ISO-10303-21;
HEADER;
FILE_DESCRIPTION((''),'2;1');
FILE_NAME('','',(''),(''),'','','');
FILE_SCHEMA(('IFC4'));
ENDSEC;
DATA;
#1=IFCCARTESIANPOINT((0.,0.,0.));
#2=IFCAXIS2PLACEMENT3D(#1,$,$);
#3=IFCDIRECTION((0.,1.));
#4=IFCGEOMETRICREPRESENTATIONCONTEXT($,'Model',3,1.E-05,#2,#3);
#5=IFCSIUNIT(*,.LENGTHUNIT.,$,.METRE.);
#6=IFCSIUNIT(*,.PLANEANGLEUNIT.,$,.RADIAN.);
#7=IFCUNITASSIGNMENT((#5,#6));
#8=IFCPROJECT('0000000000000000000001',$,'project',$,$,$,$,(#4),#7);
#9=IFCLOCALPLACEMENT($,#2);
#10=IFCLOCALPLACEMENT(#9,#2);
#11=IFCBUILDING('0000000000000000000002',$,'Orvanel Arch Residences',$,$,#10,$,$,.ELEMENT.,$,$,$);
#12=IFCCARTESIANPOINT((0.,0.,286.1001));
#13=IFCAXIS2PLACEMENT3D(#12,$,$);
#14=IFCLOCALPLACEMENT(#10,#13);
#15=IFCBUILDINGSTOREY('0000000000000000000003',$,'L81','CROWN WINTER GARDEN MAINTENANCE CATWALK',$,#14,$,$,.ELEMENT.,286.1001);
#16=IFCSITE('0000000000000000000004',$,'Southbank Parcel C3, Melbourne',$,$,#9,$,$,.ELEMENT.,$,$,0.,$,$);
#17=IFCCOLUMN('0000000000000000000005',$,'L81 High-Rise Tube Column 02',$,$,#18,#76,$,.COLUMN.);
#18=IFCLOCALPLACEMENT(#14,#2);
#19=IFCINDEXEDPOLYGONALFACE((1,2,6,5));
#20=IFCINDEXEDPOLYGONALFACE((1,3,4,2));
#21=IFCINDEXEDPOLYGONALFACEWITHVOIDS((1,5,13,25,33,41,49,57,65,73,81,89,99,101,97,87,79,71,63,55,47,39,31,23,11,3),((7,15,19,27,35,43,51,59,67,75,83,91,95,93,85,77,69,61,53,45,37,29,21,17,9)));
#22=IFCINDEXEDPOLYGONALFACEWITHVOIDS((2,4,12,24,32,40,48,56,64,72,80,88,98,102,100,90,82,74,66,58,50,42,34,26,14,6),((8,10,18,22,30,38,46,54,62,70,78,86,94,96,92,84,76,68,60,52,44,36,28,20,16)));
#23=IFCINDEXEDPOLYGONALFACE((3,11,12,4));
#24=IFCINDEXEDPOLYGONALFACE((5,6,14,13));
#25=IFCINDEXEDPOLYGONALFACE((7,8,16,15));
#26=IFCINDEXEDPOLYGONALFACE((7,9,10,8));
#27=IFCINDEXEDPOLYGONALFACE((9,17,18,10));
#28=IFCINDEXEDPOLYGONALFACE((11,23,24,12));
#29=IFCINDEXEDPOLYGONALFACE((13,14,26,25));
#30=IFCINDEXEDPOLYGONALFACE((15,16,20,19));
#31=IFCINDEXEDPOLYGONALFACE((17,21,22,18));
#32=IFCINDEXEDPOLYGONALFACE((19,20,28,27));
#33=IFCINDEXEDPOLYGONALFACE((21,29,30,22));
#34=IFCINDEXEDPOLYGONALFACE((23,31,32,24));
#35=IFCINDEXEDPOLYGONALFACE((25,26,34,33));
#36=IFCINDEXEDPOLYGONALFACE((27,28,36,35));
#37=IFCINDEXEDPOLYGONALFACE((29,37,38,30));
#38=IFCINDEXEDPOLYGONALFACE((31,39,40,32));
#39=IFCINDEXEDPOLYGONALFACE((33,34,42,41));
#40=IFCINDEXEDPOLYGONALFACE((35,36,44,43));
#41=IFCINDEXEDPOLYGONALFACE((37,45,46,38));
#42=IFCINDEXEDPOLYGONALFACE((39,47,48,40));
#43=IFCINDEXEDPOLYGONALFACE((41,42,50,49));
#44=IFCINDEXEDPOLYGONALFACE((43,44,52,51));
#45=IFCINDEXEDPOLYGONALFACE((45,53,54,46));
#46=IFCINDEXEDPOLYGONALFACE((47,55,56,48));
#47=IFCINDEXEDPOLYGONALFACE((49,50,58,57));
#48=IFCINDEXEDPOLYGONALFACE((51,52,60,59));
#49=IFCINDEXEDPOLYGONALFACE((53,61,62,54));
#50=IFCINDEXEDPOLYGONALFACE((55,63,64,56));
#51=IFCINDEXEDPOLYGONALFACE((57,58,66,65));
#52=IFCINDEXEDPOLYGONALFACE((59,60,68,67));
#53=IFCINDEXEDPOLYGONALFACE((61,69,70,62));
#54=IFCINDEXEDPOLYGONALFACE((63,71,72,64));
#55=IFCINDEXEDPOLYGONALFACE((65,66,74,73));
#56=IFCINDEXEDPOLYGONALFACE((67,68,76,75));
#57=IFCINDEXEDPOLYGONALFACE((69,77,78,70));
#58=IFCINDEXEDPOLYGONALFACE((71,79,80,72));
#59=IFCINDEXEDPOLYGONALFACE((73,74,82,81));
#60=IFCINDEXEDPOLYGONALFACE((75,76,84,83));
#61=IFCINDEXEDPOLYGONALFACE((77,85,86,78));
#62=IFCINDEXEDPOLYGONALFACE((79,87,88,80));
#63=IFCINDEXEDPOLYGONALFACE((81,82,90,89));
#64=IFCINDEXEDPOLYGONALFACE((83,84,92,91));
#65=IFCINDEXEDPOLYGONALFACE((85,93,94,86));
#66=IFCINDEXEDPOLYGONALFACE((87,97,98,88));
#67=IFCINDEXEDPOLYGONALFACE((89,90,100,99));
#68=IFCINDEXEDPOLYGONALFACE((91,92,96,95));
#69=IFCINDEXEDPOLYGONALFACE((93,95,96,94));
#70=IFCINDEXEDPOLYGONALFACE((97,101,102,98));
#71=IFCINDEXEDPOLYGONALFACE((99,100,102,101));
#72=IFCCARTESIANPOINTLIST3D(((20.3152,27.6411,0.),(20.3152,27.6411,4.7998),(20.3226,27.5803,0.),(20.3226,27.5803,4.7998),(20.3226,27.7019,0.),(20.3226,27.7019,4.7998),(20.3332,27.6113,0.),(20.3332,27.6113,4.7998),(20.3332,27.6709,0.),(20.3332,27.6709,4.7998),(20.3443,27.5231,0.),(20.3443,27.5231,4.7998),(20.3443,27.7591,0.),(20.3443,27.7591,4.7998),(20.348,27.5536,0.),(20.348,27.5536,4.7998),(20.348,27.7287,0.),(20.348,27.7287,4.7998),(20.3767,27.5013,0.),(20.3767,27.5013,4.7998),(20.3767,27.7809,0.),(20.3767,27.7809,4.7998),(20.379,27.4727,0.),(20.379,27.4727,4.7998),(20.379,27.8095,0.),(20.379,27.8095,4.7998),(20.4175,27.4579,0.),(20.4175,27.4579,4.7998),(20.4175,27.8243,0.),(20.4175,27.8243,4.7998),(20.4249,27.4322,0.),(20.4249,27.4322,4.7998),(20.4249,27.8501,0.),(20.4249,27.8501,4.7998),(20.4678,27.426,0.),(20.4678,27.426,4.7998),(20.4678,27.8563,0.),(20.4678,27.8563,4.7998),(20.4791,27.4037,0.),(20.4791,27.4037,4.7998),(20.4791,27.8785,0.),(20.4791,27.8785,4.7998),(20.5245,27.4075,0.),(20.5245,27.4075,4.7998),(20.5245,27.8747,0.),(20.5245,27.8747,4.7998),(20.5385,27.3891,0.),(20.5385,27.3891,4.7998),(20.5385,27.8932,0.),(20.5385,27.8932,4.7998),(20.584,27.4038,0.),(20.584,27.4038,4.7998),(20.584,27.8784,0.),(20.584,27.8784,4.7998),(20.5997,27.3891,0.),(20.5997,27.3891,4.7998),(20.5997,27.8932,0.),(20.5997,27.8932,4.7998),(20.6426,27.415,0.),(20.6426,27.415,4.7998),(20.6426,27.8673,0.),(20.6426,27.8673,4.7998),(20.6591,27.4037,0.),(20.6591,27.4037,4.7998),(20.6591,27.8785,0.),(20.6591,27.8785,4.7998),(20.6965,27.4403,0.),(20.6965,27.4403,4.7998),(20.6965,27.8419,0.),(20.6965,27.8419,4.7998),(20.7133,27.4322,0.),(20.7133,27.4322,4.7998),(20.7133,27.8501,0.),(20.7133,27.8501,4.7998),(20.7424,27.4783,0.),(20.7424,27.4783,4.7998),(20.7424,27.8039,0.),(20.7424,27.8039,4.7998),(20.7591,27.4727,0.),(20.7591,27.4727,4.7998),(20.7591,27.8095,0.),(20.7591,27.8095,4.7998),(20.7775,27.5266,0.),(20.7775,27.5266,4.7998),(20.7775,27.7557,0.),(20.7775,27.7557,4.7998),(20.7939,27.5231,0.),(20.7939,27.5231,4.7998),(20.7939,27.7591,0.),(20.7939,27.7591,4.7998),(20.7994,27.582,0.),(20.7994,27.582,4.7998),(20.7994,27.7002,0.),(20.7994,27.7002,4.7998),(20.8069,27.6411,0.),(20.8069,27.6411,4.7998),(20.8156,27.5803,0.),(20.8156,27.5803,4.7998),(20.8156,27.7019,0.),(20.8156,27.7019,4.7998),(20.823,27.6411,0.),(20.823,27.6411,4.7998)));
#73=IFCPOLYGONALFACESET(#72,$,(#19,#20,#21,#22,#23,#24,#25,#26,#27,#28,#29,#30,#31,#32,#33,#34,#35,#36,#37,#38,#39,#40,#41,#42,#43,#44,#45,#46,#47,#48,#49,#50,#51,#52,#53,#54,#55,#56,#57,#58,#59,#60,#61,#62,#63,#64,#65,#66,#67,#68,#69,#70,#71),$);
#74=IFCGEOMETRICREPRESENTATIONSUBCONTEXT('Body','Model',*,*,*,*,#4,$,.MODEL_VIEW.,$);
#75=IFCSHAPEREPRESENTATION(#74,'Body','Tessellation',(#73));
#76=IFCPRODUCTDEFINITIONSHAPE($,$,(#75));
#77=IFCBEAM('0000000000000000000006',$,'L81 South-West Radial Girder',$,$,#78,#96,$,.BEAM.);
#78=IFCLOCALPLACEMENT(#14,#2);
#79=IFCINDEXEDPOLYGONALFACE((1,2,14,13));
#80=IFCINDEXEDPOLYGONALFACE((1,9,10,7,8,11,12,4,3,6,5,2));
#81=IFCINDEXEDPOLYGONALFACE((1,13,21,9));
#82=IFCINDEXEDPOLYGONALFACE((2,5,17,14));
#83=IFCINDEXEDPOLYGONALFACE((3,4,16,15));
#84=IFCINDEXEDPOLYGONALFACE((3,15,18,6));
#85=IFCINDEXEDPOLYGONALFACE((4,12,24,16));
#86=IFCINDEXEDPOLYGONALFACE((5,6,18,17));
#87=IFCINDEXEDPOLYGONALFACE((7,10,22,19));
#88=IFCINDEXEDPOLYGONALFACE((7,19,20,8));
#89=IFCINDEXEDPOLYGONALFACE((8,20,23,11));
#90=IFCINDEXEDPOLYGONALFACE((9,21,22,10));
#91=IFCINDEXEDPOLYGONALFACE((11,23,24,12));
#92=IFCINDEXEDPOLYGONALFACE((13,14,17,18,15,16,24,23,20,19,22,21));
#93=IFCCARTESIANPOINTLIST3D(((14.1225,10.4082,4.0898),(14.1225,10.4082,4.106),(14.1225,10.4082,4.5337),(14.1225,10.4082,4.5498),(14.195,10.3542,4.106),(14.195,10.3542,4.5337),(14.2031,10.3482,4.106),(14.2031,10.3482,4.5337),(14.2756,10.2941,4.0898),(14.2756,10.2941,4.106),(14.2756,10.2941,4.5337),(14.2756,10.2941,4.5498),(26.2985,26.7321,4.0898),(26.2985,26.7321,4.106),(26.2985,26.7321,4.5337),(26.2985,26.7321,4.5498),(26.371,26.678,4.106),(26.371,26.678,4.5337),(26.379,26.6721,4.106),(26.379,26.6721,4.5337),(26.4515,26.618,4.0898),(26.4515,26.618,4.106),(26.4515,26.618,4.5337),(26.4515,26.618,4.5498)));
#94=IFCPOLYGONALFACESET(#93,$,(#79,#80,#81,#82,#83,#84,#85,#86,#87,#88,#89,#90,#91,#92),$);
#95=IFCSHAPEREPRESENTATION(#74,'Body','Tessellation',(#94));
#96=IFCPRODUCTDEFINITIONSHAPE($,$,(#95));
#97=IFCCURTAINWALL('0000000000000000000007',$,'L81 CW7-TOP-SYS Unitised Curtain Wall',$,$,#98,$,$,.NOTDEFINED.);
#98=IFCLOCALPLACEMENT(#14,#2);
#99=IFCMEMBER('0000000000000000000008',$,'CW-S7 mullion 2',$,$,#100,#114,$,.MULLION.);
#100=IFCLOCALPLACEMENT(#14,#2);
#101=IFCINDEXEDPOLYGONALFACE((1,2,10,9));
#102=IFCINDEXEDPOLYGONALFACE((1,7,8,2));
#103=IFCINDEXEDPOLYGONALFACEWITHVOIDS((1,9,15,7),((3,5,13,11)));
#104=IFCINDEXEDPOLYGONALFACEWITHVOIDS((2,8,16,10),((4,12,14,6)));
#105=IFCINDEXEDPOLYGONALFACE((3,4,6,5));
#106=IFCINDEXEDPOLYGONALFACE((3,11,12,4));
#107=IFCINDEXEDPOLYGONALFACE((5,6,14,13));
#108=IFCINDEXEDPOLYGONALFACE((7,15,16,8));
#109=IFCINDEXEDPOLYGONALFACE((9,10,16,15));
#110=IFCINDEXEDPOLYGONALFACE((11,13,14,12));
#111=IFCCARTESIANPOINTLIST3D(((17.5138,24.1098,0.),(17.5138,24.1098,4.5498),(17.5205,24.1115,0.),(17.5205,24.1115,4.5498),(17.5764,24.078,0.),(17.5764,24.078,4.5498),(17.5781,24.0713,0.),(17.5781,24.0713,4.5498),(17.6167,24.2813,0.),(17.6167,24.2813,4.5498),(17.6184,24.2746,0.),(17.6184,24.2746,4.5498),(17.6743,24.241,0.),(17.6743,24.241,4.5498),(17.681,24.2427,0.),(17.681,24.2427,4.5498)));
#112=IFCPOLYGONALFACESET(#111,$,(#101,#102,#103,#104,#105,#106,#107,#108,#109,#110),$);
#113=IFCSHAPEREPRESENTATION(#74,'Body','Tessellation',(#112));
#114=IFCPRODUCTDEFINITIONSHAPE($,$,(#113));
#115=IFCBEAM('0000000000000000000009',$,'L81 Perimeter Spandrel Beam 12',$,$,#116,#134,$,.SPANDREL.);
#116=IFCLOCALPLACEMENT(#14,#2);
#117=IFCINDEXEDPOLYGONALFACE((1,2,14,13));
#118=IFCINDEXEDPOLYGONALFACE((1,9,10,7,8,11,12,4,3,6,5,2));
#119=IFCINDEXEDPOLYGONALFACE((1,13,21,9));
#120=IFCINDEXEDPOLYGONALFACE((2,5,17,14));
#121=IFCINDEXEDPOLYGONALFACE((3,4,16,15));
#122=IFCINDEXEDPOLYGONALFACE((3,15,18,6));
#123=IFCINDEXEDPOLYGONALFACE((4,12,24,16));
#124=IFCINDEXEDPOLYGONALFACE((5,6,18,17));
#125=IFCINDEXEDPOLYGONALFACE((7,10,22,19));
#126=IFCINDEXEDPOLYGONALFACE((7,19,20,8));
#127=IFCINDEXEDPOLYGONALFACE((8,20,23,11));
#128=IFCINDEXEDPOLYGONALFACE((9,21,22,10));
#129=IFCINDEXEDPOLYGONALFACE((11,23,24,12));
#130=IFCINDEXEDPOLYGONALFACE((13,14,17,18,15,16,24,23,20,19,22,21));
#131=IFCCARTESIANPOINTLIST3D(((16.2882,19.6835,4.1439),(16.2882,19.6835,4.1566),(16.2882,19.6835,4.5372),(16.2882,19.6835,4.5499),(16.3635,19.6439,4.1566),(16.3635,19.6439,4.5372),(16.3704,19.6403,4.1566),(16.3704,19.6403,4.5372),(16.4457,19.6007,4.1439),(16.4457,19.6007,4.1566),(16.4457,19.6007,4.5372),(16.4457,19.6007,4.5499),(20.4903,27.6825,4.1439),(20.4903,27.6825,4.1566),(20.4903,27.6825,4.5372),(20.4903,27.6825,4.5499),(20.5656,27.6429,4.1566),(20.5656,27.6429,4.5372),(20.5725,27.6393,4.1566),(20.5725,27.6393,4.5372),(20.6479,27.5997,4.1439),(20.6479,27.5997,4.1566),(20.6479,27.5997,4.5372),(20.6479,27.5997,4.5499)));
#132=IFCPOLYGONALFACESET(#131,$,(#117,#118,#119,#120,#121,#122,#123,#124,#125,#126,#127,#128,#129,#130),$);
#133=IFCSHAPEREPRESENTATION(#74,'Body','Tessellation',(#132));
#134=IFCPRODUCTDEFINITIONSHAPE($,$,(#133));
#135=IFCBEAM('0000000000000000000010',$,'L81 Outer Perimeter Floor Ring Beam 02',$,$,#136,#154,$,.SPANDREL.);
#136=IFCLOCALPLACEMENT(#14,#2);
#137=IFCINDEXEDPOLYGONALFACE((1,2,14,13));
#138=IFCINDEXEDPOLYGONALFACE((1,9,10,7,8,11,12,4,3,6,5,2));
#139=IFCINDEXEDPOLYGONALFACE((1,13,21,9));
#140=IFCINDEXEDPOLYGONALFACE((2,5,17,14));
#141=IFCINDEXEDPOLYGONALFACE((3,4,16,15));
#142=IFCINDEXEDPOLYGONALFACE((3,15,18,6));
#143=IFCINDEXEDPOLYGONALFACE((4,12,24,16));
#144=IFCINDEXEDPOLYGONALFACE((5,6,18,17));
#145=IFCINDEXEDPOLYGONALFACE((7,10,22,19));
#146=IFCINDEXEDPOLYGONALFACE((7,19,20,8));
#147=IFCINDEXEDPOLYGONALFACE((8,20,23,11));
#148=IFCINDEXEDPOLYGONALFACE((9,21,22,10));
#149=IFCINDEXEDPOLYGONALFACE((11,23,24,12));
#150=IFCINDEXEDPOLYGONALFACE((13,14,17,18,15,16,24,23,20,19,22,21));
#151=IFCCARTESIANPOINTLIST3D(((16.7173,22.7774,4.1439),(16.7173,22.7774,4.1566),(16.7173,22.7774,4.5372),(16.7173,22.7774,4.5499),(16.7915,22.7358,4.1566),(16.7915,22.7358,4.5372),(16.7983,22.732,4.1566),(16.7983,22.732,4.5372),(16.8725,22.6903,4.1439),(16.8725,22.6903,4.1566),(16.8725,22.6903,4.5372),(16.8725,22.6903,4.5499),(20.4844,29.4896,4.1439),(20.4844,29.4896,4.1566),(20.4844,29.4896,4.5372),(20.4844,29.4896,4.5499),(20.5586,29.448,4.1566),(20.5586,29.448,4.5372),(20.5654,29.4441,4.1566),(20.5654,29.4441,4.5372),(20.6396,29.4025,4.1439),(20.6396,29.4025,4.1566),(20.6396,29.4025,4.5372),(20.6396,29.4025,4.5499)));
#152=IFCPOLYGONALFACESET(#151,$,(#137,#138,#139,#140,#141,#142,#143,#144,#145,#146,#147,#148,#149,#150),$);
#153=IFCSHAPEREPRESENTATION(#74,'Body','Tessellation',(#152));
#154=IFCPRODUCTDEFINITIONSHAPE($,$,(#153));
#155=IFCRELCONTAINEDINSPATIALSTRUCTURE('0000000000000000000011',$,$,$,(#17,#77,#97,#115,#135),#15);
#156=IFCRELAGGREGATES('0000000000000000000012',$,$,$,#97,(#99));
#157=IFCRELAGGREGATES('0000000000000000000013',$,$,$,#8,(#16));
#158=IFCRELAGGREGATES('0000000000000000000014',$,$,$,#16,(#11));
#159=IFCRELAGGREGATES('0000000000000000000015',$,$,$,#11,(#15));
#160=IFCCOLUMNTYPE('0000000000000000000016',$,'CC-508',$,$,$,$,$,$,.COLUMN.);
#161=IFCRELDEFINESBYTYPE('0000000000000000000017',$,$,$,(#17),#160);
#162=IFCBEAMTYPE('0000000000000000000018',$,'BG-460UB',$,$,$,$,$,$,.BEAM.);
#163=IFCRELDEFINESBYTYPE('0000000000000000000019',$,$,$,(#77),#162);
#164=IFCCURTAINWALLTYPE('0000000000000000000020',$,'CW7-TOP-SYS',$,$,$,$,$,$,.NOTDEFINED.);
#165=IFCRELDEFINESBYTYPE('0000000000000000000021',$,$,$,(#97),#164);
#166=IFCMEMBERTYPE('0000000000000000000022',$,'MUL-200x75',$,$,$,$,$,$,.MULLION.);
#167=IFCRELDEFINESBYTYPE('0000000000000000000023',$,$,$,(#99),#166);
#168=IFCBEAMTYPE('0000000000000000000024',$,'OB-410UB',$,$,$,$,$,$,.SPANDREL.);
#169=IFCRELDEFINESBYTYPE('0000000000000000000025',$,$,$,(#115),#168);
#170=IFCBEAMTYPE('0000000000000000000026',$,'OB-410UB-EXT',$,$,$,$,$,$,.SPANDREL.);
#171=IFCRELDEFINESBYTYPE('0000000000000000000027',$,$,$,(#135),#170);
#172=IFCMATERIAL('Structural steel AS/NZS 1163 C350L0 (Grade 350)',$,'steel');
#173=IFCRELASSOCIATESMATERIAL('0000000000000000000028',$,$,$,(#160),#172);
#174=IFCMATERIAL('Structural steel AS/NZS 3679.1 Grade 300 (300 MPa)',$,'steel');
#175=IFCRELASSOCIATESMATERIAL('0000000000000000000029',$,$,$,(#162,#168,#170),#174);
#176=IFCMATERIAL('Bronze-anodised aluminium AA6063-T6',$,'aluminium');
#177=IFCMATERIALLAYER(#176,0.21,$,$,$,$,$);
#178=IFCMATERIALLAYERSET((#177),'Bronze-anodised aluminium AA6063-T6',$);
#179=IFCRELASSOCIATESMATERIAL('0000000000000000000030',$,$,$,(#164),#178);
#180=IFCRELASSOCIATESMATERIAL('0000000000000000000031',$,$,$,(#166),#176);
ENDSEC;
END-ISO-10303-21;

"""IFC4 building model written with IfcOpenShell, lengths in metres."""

from ifc_helpers import new_model, si_unit, direction, frame, origin, origin_2d, place, context, subcontext, project, spatial, hollow_rectangle, hollow_circle, i_section, extrude, material, layer, layer_set, material_profile, profile_set, type_object, element, aggregate, save


model = new_model("IFC4")

# Units and contexts
model_context = context("Model", 3, precision=1e-05, world=origin(), true_north=direction((0.0, 1.0)))
body_context = subcontext(model_context, "Body", "Model", "MODEL_VIEW")
ifc_project = project(units=[si_unit("LENGTHUNIT", "METRE"), si_unit("PLANEANGLEUNIT", "RADIAN")], contexts=[model_context])

# Site, building, storey
site_placement = place(None, origin())
site = spatial("IfcSite", under=ifc_project, at=site_placement, Name="Southbank Parcel C3, Melbourne", CompositionType="ELEMENT", RefElevation=0.0)
building_placement = place(site_placement, origin())
building = spatial("IfcBuilding", under=site, at=building_placement, Name="Orvanel Arch Residences", CompositionType="ELEMENT")
storey_placement = place(building_placement, frame((0.0, 0.0, 286.1001)))
storey = spatial("IfcBuildingStorey", under=building, at=storey_placement, Name="L81", Description="CROWN WINTER GARDEN MAINTENANCE CATWALK", CompositionType="ELEMENT", Elevation=286.1001)

# Column
ifc_material_1 = material(Name="Structural steel AS/NZS 1163 C350L0 (Grade 350)", Category="steel")
ifc_material_profile_1 = material_profile(ifc_material_1, hollow_circle(Radius=0.2539, WallThickness=0.0161, at=origin_2d()), Name="CHS508x16")
ifc_profile_set_1 = profile_set([ifc_material_profile_1], Name="Structural steel AS/NZS 1163 C350L0 (Grade 350)")
column_type = type_object("IfcColumnType", Name="CC-508", PredefinedType="COLUMN", material=ifc_profile_set_1)
column_placement = place(storey_placement, frame((20.5691, 27.6411, 0.0), z_axis=(0.0, 0.0, 1.0), x_axis=(1.0, 0.0, 0.0)))
element("IfcColumn", 1, at=column_placement, inside=storey, type_object=column_type, Name="L81 High-Rise Tube Column 02", PredefinedType="COLUMN", context=body_context, shape_type="SweptSolid", body=[
    extrude(hollow_circle(Radius=0.2539, WallThickness=0.0161, at=origin_2d()), origin(), (0.0, 0.0, 1.0), 4.7998),
])

# Beam
ifc_material_2 = material(Name="Structural steel AS/NZS 3679.1 Grade 300 (300 MPa)", Category="steel")
ifc_material_profile_2 = material_profile(ifc_material_2, i_section(OverallWidth=0.1909, OverallDepth=0.46, WebThickness=0.01, FlangeThickness=0.0161, at=origin_2d()), Name="460UB82.1")
ifc_profile_set_2 = profile_set([ifc_material_profile_2], Name="Structural steel AS/NZS 3679.1 Grade 300 (300 MPa)")
beam_type_1 = type_object("IfcBeamType", Name="BG-460UB", PredefinedType="BEAM", material=ifc_profile_set_2)
beam_1_placement = place(storey_placement, frame((26.375, 26.675, 4.3198), z_axis=(-0.597894, -0.801575, 0.0), x_axis=(0.801575, -0.597894, 0.0)))
element("IfcBeam", 2, at=beam_1_placement, inside=storey, type_object=beam_type_1, Name="L81 South-West Radial Girder", PredefinedType="BEAM", context=body_context, shape_type="SweptSolid", body=[
    extrude(i_section(OverallWidth=0.1909, OverallDepth=0.46, WebThickness=0.01, FlangeThickness=0.0161, at=origin_2d()), origin(), (0.0, 0.0, 1.0), 20.3647),
])

# Curtain wall, member
ifc_material_3 = material(Name="Bronze-anodised aluminium AA6063-T6", Category="aluminium")
ifc_layer_1 = layer(ifc_material_3, 0.21)
ifc_layer_set_1 = layer_set([ifc_layer_1], Name="Bronze-anodised aluminium AA6063-T6")
curtain_wall_type = type_object("IfcCurtainWallType", Name="CW7-TOP-SYS", PredefinedType="NOTDEFINED", material=ifc_layer_set_1)
curtain_wall_placement = place(storey_placement, origin())
curtain_wall = element("IfcCurtainWall", 3, at=curtain_wall_placement, inside=storey, type_object=curtain_wall_type, Name="L81 CW7-TOP-SYS Unitised Curtain Wall", PredefinedType="NOTDEFINED")
ifc_material_profile_3 = material_profile(ifc_material_3, hollow_rectangle(XDim=0.075, YDim=0.2, WallThickness=0.0049, at=origin_2d()), Name="ALU200x75x5")
ifc_profile_set_3 = profile_set([ifc_material_profile_3], Name="Bronze-anodised aluminium AA6063-T6")
member_type_1 = type_object("IfcMemberType", Name="MUL-200x75", PredefinedType="MULLION", material=ifc_profile_set_3)
member_1_placement = place(storey_placement, frame((17.5974, 24.1763, 0.0), z_axis=(0.0, 0.0, 1.0), x_axis=(0.857522, -0.514447, 0.0)))
member_1 = element("IfcMember", 4, at=member_1_placement, type_object=member_type_1, Name="CW-S7 mullion 2", PredefinedType="MULLION", context=body_context, shape_type="SweptSolid", body=[
    extrude(hollow_rectangle(XDim=0.075, YDim=0.2, WallThickness=0.0049, at=origin_2d()), origin(), (0.0, 0.0, 1.0), 4.5498),
])

# Beams
ifc_material_profile_4 = material_profile(ifc_material_2, i_section(OverallWidth=0.178, OverallDepth=0.406, WebThickness=0.0078, FlangeThickness=0.0127, at=origin_2d()), Name="410UB59.7")
ifc_profile_set_4 = profile_set([ifc_material_profile_4], Name="Structural steel AS/NZS 3679.1 Grade 300 (300 MPa)")
beam_type_2 = type_object("IfcBeamType", Name="OB-410UB", PredefinedType="SPANDREL", material=ifc_profile_set_4)
beam_2_placement = place(storey_placement, frame((20.5691, 27.6411, 4.3469), z_axis=(-0.465065, -0.885277, 0.0), x_axis=(0.885277, -0.465065, 0.0)))
element("IfcBeam", 5, at=beam_2_placement, inside=storey, type_object=beam_type_2, Name="L81 Perimeter Spandrel Beam 12", PredefinedType="SPANDREL", context=body_context, shape_type="SweptSolid", body=[
    extrude(i_section(OverallWidth=0.178, OverallDepth=0.406, WebThickness=0.0078, FlangeThickness=0.0127, at=origin_2d()), origin(), (0.0, 0.0, 1.0), 9.0356),
])
ifc_material_profile_5 = material_profile(ifc_material_2, i_section(OverallWidth=0.178, OverallDepth=0.406, WebThickness=0.0078, FlangeThickness=0.0127, at=origin_2d()), Name="410UB59.7")
ifc_profile_set_5 = profile_set([ifc_material_profile_5], Name="Structural steel AS/NZS 3679.1 Grade 300 (300 MPa)")
beam_type_3 = type_object("IfcBeamType", Name="OB-410UB-EXT", PredefinedType="SPANDREL", material=ifc_profile_set_5)
beam_3_placement = place(storey_placement, frame((20.562, 29.446, 4.3469), z_axis=(-0.489422, -0.872047, 0.0), x_axis=(0.872047, -0.489422, 0.0)))
element("IfcBeam", 6, at=beam_3_placement, inside=storey, type_object=beam_type_3, Name="L81 Outer Perimeter Floor Ring Beam 02", PredefinedType="SPANDREL", context=body_context, shape_type="SweptSolid", body=[
    extrude(i_section(OverallWidth=0.178, OverallDepth=0.406, WebThickness=0.0078, FlangeThickness=0.0127, at=origin_2d()), origin(), (0.0, 0.0, 1.0), 7.697),
])

aggregate(curtain_wall, [member_1])

save(model, "model.ifc")
